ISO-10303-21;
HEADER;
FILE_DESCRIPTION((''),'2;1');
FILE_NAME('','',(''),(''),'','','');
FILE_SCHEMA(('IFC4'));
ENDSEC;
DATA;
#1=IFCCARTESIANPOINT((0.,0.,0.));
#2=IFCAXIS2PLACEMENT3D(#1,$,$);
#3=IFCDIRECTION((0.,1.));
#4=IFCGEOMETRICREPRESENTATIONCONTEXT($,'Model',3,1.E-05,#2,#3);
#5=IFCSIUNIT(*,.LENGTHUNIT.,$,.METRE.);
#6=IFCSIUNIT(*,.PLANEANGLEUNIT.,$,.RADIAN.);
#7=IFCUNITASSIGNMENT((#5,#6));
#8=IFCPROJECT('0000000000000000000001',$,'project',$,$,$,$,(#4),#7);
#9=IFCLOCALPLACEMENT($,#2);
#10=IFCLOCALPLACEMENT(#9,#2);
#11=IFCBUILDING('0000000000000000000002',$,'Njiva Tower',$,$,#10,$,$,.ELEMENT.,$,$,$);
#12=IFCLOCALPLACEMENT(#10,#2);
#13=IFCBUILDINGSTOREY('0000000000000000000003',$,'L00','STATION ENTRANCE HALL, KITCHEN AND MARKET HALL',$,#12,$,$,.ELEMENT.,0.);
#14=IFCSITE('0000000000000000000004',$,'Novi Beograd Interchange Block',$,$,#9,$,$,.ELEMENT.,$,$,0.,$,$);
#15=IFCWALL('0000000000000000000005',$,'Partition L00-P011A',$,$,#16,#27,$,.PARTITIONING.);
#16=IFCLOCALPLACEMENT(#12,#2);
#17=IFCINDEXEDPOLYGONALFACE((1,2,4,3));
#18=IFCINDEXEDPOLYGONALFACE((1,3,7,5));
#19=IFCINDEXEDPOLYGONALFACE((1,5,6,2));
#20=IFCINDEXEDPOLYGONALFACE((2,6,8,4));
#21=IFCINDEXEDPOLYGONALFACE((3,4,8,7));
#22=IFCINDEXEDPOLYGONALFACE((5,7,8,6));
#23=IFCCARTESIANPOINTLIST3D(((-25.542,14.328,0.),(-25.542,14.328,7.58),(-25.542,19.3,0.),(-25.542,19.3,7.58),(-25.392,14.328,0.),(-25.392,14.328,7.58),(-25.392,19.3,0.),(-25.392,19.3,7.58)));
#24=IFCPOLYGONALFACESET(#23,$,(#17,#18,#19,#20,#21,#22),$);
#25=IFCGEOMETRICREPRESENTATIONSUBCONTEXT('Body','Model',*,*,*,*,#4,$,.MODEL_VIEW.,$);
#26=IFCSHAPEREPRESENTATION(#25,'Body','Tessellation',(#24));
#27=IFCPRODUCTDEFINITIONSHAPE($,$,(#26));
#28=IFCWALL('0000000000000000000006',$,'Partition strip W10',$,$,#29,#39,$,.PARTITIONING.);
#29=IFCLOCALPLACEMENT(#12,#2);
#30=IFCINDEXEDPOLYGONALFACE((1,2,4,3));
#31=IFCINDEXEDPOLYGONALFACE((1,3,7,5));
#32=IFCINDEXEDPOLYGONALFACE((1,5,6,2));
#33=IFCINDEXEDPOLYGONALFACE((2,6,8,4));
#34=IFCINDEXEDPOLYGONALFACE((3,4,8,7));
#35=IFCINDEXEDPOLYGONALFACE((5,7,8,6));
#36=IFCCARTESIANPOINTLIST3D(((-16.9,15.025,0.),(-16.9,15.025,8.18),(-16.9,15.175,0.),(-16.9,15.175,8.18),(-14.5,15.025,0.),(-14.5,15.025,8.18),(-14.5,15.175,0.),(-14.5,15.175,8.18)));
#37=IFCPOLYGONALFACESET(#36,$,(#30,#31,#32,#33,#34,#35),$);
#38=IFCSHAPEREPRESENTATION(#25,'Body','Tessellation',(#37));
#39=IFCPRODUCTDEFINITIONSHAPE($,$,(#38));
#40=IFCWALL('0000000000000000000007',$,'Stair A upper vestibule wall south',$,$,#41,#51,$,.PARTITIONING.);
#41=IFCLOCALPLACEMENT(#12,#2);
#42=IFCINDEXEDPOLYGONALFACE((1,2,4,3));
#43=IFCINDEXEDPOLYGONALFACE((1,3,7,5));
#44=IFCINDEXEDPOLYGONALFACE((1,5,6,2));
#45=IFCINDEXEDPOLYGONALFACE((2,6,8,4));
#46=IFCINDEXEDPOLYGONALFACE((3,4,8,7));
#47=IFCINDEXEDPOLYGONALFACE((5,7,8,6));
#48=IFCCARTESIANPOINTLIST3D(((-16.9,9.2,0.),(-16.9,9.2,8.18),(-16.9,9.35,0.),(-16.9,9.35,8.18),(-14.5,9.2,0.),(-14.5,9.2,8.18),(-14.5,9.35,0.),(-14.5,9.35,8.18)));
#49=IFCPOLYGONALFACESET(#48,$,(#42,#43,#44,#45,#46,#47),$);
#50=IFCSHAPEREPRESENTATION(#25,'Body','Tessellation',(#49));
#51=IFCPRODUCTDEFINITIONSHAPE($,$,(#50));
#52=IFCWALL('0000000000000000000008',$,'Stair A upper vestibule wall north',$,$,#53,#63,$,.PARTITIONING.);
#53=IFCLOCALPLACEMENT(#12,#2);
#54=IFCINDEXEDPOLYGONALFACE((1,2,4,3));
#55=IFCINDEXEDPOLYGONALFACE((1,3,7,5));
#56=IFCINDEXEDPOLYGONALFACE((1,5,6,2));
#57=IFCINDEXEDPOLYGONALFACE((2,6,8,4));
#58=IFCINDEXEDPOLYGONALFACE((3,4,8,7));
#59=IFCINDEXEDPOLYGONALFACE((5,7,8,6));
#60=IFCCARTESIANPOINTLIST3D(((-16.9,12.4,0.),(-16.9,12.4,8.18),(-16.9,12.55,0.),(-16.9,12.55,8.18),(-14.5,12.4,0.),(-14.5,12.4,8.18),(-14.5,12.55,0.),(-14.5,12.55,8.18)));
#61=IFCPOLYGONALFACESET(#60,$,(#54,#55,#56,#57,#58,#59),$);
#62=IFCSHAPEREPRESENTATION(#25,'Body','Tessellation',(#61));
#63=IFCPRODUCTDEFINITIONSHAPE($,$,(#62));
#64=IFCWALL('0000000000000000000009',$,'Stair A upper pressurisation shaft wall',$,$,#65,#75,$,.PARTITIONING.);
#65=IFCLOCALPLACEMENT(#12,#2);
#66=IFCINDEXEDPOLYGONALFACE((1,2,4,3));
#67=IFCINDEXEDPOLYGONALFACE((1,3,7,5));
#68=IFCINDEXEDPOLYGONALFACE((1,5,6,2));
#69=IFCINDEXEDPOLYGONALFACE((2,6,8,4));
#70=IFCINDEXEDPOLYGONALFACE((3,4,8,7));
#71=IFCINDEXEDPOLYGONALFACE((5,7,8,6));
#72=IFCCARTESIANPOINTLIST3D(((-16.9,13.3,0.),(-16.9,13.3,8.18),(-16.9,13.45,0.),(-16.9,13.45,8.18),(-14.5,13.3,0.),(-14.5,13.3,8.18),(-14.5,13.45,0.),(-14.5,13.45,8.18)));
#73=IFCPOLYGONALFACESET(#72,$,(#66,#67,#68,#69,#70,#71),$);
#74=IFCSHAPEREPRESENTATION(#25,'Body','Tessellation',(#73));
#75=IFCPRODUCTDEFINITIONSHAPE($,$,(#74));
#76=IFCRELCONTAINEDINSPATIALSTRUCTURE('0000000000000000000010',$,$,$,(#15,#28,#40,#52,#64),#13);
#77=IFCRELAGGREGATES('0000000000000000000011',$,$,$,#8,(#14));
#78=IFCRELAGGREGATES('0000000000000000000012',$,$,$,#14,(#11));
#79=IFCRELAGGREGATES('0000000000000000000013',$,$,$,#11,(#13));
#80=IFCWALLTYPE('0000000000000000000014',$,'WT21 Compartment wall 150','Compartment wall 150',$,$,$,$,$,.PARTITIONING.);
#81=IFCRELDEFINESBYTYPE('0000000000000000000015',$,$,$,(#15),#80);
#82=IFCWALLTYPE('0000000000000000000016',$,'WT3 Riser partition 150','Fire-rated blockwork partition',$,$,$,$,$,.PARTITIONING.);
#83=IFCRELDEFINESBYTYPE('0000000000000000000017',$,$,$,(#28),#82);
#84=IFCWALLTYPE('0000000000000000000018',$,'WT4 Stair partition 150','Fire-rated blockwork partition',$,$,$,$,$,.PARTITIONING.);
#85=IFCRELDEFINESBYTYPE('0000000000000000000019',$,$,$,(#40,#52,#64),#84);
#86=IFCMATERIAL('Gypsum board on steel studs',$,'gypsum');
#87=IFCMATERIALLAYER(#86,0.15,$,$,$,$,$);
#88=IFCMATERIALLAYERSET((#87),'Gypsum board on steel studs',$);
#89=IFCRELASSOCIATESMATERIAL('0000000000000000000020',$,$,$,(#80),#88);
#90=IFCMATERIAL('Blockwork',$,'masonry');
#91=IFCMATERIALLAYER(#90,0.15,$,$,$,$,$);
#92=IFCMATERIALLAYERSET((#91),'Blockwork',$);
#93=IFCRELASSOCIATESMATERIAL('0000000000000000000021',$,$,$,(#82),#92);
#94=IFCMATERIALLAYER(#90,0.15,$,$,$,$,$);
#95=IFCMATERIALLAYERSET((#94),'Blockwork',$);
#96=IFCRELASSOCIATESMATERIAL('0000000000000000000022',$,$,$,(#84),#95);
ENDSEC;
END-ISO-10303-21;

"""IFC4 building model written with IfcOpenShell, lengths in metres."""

from ifc_helpers import new_model, si_unit, direction, frame, frame_2d, origin, place, context, subcontext, project, spatial, rectangle, extrude, material, layer, layer_set, type_object, element, save


model = new_model("IFC4")

# Units and contexts
model_context = context("Model", 3, precision=1e-05, world=origin(), true_north=direction((0.0, 1.0)))
body_context = subcontext(model_context, "Body", "Model", "MODEL_VIEW")
ifc_project = project(units=[si_unit("LENGTHUNIT", "METRE"), si_unit("PLANEANGLEUNIT", "RADIAN")], contexts=[model_context])

# Site, building, storey
site_placement = place(None, origin())
site = spatial("IfcSite", under=ifc_project, at=site_placement, Name="Novi Beograd Interchange Block", CompositionType="ELEMENT", RefElevation=0.0)
building_placement = place(site_placement, origin())
building = spatial("IfcBuilding", under=site, at=building_placement, Name="Njiva Tower", CompositionType="ELEMENT")
storey_placement = place(building_placement, origin())
storey = spatial("IfcBuildingStorey", under=building, at=storey_placement, Name="L00", Description="STATION ENTRANCE HALL, KITCHEN AND MARKET HALL", CompositionType="ELEMENT", Elevation=0.0)

# Walls
ifc_material_1 = material(Name="Gypsum board on steel studs", Category="gypsum")
ifc_layer_1 = layer(ifc_material_1, 0.15)
ifc_layer_set_1 = layer_set([ifc_layer_1], Name="Gypsum board on steel studs")
wall_type_1 = type_object("IfcWallType", Name="WT21 Compartment wall 150", Description="Compartment wall 150", PredefinedType="PARTITIONING", material=ifc_layer_set_1)
wall_1_placement = place(storey_placement, frame((-25.467, 14.328, 0.0), z_axis=(0.0, 0.0, 1.0), x_axis=(0.0, 1.0, 0.0)))
element("IfcWall", 1, at=wall_1_placement, inside=storey, type_object=wall_type_1, Name="Partition L00-P011A", PredefinedType="PARTITIONING", context=body_context, shape_type="SweptSolid", body=[
    extrude(rectangle(XDim=4.972, YDim=0.15, at=frame_2d((2.486, 0.0))), origin(), (0.0, 0.0, 1.0), 7.58),
])
ifc_material_2 = material(Name="Blockwork", Category="masonry")
ifc_layer_2 = layer(ifc_material_2, 0.15)
ifc_layer_set_2 = layer_set([ifc_layer_2], Name="Blockwork")
wall_type_2 = type_object("IfcWallType", Name="WT3 Riser partition 150", Description="Fire-rated blockwork partition", PredefinedType="PARTITIONING", material=ifc_layer_set_2)
wall_2_placement = place(storey_placement, frame((-16.9, 15.1, 0.0), z_axis=(0.0, 0.0, 1.0), x_axis=(1.0, 0.0, 0.0)))
element("IfcWall", 2, at=wall_2_placement, inside=storey, type_object=wall_type_2, Name="Partition strip W10", PredefinedType="PARTITIONING", context=body_context, shape_type="SweptSolid", body=[
    extrude(rectangle(XDim=2.4, YDim=0.15, at=frame_2d((1.2, 0.0))), origin(), (0.0, 0.0, 1.0), 8.18),
])
ifc_layer_3 = layer(ifc_material_2, 0.15)
ifc_layer_set_3 = layer_set([ifc_layer_3], Name="Blockwork")
wall_type_3 = type_object("IfcWallType", Name="WT4 Stair partition 150", Description="Fire-rated blockwork partition", PredefinedType="PARTITIONING", material=ifc_layer_set_3)
for number, where, z_axis, x_axis, name in (
    (3, (-16.9, 9.275, 0.0), (0.0, 0.0, 1.0), (1.0, 0.0, 0.0), "Stair A upper vestibule wall south"),
    (4, (-16.9, 12.475, 0.0), (0.0, 0.0, 1.0), (1.0, 0.0, 0.0), "Stair A upper vestibule wall north"),
    (5, (-16.9, 13.375, 0.0), (0.0, 0.0, 1.0), (1.0, 0.0, 0.0), "Stair A upper pressurisation shaft wall"),
):
    element("IfcWall", number, at=place(storey_placement, frame(where, z_axis=z_axis, x_axis=x_axis)), inside=storey, type_object=wall_type_3, Name=name, PredefinedType="PARTITIONING", context=body_context, shape_type="SweptSolid", body=[
        extrude(rectangle(XDim=2.4, YDim=0.15, at=frame_2d((1.2, 0.0))), origin(), (0.0, 0.0, 1.0), 8.18),
    ])

save(model, "model.ifc")
